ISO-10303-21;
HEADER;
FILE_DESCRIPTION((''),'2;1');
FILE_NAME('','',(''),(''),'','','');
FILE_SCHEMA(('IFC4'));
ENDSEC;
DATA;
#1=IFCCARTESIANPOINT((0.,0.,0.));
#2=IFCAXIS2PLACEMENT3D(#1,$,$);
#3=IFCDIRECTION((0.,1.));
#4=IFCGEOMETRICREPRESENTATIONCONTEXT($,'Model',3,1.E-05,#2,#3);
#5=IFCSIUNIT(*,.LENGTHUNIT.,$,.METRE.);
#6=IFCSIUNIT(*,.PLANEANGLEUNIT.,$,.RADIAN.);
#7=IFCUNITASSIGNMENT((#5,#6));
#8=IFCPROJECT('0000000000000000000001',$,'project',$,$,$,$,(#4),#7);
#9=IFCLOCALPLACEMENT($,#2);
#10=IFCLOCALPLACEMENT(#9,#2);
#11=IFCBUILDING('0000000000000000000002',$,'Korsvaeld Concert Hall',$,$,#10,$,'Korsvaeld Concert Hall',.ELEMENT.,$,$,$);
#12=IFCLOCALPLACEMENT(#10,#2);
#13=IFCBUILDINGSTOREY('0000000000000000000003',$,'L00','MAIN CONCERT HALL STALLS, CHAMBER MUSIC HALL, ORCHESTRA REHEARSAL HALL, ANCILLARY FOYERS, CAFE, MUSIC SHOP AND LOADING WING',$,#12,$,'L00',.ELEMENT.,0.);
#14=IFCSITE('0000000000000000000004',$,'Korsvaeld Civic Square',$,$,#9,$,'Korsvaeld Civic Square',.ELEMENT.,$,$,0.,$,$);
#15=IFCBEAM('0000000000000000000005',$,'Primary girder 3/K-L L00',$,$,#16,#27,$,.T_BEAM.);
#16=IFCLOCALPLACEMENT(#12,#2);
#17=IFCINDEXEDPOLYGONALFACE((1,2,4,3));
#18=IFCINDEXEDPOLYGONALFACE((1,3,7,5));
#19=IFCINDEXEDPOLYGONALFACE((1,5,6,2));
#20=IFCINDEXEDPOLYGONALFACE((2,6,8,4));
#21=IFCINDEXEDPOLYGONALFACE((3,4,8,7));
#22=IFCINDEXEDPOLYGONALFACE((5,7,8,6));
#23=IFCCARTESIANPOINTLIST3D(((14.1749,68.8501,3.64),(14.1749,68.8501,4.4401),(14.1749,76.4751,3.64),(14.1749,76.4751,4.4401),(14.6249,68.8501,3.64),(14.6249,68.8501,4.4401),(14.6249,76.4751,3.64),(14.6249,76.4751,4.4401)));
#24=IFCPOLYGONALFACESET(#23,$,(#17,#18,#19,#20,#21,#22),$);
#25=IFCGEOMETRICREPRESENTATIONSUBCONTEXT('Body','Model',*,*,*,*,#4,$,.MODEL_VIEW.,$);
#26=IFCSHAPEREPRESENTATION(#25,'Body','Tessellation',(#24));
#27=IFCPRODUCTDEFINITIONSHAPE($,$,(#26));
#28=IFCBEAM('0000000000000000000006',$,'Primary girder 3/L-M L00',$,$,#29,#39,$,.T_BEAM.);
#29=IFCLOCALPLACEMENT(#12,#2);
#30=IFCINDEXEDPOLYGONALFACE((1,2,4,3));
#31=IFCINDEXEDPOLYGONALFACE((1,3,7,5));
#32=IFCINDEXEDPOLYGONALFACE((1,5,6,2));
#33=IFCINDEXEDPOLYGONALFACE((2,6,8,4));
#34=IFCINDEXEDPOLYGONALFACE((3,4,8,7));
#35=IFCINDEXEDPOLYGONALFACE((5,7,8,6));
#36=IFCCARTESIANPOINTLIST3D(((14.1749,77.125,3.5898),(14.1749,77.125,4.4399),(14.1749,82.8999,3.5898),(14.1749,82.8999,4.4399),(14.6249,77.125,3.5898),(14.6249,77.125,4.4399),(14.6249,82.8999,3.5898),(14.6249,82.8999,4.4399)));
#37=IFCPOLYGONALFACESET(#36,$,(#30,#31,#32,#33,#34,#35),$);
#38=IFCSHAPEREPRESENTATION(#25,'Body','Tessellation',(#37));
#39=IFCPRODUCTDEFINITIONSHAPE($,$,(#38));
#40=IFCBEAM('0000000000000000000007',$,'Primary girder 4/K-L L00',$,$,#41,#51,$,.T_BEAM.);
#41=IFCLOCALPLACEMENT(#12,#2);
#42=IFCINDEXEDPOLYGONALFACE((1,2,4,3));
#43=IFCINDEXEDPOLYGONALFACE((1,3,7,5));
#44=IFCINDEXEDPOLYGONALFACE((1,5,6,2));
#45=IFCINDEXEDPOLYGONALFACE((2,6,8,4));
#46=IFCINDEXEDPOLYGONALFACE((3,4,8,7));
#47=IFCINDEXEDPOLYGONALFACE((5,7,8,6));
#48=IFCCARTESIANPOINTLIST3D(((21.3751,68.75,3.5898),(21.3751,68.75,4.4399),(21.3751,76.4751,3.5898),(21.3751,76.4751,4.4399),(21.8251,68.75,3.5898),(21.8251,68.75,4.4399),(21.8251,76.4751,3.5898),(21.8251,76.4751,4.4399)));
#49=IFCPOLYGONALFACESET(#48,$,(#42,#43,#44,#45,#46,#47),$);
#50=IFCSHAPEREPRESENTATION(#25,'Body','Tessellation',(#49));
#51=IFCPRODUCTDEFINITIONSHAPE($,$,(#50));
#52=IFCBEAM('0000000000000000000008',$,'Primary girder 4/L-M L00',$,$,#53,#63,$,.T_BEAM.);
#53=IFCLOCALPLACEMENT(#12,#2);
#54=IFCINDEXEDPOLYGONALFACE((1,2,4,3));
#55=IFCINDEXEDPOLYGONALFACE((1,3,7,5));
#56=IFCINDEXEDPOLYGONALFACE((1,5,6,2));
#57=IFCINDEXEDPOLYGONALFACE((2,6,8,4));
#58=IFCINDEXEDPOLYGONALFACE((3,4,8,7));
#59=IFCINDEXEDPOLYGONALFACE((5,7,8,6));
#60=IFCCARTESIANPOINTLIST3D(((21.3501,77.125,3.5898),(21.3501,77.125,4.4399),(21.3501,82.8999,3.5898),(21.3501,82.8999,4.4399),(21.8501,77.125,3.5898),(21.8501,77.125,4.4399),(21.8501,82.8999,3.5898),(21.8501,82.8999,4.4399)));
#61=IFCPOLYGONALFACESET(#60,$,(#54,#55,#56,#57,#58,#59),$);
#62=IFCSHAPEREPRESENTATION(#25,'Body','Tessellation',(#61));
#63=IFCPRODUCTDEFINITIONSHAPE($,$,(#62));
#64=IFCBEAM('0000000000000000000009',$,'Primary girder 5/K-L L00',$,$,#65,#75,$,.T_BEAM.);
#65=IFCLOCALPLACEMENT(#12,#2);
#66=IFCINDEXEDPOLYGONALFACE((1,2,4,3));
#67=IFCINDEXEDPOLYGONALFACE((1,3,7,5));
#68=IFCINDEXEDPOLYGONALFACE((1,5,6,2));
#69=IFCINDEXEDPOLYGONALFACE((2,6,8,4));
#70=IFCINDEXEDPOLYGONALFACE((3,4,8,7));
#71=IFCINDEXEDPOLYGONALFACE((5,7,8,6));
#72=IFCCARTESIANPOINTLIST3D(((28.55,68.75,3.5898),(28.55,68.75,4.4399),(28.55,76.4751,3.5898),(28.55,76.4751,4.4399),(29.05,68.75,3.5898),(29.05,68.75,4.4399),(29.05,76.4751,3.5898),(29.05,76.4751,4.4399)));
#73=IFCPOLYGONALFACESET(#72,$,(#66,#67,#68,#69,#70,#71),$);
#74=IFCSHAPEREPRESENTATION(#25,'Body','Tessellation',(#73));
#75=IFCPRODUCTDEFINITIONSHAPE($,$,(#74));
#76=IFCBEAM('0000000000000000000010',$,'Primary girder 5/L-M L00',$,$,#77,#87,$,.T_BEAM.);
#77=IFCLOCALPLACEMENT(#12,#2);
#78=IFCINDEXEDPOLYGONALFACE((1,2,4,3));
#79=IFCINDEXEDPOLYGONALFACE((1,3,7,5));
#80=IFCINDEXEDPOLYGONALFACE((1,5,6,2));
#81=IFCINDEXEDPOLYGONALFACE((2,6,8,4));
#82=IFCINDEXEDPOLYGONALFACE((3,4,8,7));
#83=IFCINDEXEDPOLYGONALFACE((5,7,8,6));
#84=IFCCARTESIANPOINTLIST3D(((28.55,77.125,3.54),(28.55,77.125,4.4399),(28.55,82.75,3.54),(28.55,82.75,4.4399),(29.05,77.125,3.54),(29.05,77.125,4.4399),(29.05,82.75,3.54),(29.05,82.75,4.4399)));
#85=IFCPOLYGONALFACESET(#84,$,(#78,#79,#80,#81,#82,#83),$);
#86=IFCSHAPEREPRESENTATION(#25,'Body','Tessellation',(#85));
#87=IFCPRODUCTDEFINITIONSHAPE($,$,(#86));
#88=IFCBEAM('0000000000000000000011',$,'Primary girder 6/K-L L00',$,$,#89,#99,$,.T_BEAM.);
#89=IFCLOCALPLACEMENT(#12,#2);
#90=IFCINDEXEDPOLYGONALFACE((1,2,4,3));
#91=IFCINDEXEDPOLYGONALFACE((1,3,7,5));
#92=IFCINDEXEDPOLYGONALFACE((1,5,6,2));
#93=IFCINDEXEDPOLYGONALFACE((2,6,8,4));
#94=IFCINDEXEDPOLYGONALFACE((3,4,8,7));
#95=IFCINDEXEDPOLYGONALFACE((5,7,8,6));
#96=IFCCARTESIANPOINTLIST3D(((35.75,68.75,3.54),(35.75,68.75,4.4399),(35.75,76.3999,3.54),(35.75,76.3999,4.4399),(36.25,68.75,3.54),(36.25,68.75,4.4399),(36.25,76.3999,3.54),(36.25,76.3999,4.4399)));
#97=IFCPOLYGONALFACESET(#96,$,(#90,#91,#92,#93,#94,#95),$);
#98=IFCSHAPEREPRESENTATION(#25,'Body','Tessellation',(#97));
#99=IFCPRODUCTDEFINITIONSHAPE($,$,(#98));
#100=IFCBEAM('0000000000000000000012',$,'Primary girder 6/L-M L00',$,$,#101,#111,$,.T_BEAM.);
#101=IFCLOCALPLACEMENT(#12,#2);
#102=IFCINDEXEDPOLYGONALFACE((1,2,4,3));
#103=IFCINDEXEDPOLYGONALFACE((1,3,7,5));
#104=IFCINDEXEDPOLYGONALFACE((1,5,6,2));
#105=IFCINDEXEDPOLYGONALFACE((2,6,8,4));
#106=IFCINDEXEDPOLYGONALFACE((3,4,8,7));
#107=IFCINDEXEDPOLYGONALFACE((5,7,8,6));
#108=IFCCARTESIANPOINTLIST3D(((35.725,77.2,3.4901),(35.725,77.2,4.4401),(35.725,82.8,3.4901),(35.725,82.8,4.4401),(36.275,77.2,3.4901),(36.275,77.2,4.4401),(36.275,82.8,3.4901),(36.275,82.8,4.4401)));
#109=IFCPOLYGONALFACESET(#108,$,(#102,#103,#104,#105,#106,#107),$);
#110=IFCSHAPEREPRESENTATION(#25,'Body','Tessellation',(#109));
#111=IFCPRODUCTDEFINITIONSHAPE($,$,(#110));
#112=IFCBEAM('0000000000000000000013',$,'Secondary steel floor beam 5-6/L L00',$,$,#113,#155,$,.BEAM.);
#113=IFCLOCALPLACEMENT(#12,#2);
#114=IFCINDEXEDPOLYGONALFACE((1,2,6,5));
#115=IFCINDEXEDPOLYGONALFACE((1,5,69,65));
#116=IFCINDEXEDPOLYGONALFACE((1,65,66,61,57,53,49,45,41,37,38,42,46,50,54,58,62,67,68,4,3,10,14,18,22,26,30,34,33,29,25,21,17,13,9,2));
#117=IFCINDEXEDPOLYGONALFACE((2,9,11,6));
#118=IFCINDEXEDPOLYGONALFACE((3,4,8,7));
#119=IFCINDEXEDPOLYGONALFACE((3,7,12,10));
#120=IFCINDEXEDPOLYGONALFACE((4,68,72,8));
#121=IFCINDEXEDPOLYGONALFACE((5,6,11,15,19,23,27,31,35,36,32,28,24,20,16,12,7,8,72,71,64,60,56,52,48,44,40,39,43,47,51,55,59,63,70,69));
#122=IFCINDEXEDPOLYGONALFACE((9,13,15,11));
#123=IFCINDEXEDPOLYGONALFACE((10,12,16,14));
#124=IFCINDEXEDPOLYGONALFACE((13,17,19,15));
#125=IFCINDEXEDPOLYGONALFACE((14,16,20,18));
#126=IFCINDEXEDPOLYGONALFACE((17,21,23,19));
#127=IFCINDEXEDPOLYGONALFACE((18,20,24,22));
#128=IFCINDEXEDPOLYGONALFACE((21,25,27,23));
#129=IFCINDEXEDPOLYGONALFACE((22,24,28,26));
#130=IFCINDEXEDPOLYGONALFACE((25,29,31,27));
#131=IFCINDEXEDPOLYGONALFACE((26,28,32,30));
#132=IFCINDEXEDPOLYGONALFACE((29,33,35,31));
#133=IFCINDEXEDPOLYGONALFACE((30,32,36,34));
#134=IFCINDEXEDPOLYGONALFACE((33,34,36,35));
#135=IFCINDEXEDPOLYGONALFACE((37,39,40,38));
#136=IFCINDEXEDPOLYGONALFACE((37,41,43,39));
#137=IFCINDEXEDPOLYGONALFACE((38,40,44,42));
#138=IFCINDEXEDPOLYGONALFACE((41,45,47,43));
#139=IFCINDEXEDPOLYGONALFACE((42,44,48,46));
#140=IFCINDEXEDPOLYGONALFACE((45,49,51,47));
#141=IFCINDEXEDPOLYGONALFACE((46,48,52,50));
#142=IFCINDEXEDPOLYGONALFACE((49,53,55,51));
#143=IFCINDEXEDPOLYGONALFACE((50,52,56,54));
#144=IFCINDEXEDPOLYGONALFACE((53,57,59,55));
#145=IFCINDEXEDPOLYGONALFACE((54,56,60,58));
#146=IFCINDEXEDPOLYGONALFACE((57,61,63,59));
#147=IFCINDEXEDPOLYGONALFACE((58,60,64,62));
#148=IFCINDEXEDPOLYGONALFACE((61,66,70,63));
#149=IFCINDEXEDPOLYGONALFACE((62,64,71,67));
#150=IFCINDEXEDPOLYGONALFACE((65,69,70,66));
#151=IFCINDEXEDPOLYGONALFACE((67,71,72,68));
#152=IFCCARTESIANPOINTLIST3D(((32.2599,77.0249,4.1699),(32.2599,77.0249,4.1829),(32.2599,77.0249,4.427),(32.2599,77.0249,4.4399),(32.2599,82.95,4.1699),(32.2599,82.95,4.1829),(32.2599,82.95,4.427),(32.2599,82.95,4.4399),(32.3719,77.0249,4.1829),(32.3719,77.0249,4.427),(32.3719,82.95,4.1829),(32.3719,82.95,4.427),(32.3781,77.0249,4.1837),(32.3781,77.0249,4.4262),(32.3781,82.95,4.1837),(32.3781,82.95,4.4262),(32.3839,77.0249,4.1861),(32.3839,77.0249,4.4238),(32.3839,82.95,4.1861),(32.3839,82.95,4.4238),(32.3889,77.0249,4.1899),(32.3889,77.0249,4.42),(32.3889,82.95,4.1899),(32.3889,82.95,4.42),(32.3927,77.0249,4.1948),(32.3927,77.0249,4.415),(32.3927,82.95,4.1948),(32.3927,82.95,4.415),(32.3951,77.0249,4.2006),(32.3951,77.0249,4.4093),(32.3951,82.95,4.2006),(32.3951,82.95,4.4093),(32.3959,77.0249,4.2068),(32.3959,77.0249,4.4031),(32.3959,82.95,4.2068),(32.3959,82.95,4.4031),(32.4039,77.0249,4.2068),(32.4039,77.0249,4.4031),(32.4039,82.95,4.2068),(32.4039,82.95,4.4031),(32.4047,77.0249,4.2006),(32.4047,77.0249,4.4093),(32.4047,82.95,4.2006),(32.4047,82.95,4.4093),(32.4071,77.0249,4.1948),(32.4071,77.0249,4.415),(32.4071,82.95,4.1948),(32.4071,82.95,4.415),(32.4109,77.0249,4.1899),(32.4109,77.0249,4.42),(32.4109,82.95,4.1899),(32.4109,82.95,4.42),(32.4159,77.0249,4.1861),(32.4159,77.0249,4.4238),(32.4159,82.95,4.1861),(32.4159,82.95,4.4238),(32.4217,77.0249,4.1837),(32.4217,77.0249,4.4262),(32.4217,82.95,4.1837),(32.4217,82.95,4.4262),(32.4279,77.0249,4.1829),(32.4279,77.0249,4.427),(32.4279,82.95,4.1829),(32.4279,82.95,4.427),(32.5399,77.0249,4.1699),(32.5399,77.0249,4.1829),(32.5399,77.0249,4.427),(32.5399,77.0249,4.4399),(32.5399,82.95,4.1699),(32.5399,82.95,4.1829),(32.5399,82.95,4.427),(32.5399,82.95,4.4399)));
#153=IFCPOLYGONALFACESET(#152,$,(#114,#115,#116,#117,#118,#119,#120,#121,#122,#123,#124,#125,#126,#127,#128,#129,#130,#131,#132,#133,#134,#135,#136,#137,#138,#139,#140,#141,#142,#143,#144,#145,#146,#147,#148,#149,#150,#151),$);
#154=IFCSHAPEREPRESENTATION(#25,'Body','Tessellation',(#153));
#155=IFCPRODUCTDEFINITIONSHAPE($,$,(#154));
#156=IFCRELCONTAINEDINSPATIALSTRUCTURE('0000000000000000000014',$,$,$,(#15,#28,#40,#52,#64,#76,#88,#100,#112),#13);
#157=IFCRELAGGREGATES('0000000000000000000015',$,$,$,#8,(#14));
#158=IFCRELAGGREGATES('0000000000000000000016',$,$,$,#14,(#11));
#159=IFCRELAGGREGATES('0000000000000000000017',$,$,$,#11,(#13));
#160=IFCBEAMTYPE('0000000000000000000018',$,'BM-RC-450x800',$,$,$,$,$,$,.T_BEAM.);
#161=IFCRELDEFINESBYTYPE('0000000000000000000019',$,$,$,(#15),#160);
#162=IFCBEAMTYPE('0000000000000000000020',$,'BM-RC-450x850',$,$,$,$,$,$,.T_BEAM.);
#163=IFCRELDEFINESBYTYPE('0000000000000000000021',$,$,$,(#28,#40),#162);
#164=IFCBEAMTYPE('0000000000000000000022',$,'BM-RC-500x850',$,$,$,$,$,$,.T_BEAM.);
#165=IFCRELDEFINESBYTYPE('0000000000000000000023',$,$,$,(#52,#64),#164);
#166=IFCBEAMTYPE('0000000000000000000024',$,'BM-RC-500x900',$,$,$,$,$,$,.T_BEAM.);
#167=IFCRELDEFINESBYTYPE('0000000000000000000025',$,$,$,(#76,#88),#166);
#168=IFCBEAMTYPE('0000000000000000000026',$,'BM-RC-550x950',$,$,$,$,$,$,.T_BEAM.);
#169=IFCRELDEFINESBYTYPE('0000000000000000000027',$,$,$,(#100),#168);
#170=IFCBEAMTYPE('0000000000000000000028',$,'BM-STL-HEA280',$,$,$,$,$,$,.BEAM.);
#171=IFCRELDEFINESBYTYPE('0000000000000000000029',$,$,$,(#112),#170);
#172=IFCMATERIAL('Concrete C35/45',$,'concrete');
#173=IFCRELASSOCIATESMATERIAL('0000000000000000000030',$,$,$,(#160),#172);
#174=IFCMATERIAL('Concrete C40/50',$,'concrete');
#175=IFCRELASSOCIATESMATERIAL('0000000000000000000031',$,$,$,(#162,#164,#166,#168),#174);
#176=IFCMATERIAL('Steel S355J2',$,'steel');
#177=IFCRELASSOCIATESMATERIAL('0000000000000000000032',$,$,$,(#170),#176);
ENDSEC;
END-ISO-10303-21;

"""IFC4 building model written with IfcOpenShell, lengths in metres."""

from ifc_helpers import new_model, si_unit, direction, frame, origin, origin_2d, place, context, subcontext, project, spatial, rectangle, i_section, extrude, material, material_profile, profile_set, type_object, element, save


model = new_model("IFC4")

# Units and contexts
model_context = context("Model", 3, precision=1e-05, world=origin(), true_north=direction((0.0, 1.0)))
body_context = subcontext(model_context, "Body", "Model", "MODEL_VIEW")
ifc_project = project(units=[si_unit("LENGTHUNIT", "METRE"), si_unit("PLANEANGLEUNIT", "RADIAN")], contexts=[model_context])

# Site, building, storey
site_placement = place(None, origin())
site = spatial("IfcSite", under=ifc_project, at=site_placement, Name="Korsvaeld Civic Square", LongName="Korsvaeld Civic Square", CompositionType="ELEMENT", RefElevation=0.0)
building_placement = place(site_placement, origin())
building = spatial("IfcBuilding", under=site, at=building_placement, Name="Korsvaeld Concert Hall", LongName="Korsvaeld Concert Hall", CompositionType="ELEMENT")
storey_placement = place(building_placement, origin())
storey = spatial("IfcBuildingStorey", under=building, at=storey_placement, Name="L00", Description="MAIN CONCERT HALL STALLS, CHAMBER MUSIC HALL, ORCHESTRA REHEARSAL HALL, ANCILLARY FOYERS, CAFE, MUSIC SHOP AND LOADING WING", LongName="L00", CompositionType="ELEMENT", Elevation=0.0)

# Shared definitions
ifc_material_1 = material(Name="Concrete C40/50", Category="concrete")

# Beams
ifc_material_2 = material(Name="Concrete C35/45", Category="concrete")
ifc_material_profile_1 = material_profile(ifc_material_2, rectangle(XDim=0.45, YDim=0.8, at=origin_2d()), Name="RC 450x800")
ifc_profile_set_1 = profile_set([ifc_material_profile_1], Name="Concrete C35/45")
beam_type_1 = type_object("IfcBeamType", Name="BM-RC-450x800", PredefinedType="T_BEAM", material=ifc_profile_set_1)
beam_1_placement = place(storey_placement, frame((14.3999, 68.8501, 4.04), z_axis=(0.0, 1.0, 0.0), x_axis=(-1.0, 0.0, 0.0)))
element("IfcBeam", 1, at=beam_1_placement, inside=storey, type_object=beam_type_1, Name="Primary girder 3/K-L L00", PredefinedType="T_BEAM", context=body_context, shape_type="SweptSolid", body=[
    extrude(rectangle(XDim=0.45, YDim=0.8, at=origin_2d()), origin(), (0.0, 0.0, 1.0), 7.625),
])
ifc_material_profile_2 = material_profile(ifc_material_1, rectangle(XDim=0.45, YDim=0.8501, at=origin_2d()), Name="RC 450x850")
ifc_profile_set_2 = profile_set([ifc_material_profile_2], Name="Concrete C40/50")
beam_type_2 = type_object("IfcBeamType", Name="BM-RC-450x850", PredefinedType="T_BEAM", material=ifc_profile_set_2)
beam_2_placement = place(storey_placement, frame((14.3999, 77.125, 4.0149), z_axis=(0.0, 1.0, 0.0), x_axis=(-1.0, 0.0, 0.0)))
element("IfcBeam", 2, at=beam_2_placement, inside=storey, type_object=beam_type_2, Name="Primary girder 3/L-M L00", PredefinedType="T_BEAM", context=body_context, shape_type="SweptSolid", body=[
    extrude(rectangle(XDim=0.45, YDim=0.8501, at=origin_2d()), origin(), (0.0, 0.0, 1.0), 5.7749),
])
beam_3_placement = place(storey_placement, frame((21.6001, 68.75, 4.0149), z_axis=(0.0, 1.0, 0.0), x_axis=(-1.0, 0.0, 0.0)))
element("IfcBeam", 3, at=beam_3_placement, inside=storey, type_object=beam_type_2, Name="Primary girder 4/K-L L00", PredefinedType="T_BEAM", context=body_context, shape_type="SweptSolid", body=[
    extrude(rectangle(XDim=0.45, YDim=0.8501, at=origin_2d()), origin(), (0.0, 0.0, 1.0), 7.7251),
])
ifc_material_profile_3 = material_profile(ifc_material_1, rectangle(XDim=0.5, YDim=0.8501, at=origin_2d()), Name="RC 500x850")
ifc_profile_set_3 = profile_set([ifc_material_profile_3], Name="Concrete C40/50")
beam_type_3 = type_object("IfcBeamType", Name="BM-RC-500x850", PredefinedType="T_BEAM", material=ifc_profile_set_3)
beam_4_placement = place(storey_placement, frame((21.6001, 77.125, 4.0149), z_axis=(0.0, 1.0, 0.0), x_axis=(-1.0, 0.0, 0.0)))
element("IfcBeam", 4, at=beam_4_placement, inside=storey, type_object=beam_type_3, Name="Primary girder 4/L-M L00", PredefinedType="T_BEAM", context=body_context, shape_type="SweptSolid", body=[
    extrude(rectangle(XDim=0.5, YDim=0.8501, at=origin_2d()), origin(), (0.0, 0.0, 1.0), 5.7749),
])
beam_5_placement = place(storey_placement, frame((28.8, 68.75, 4.0149), z_axis=(0.0, 1.0, 0.0), x_axis=(-1.0, 0.0, 0.0)))
element("IfcBeam", 5, at=beam_5_placement, inside=storey, type_object=beam_type_3, Name="Primary girder 5/K-L L00", PredefinedType="T_BEAM", context=body_context, shape_type="SweptSolid", body=[
    extrude(rectangle(XDim=0.5, YDim=0.8501, at=origin_2d()), origin(), (0.0, 0.0, 1.0), 7.7251),
])
ifc_material_profile_4 = material_profile(ifc_material_1, rectangle(XDim=0.5, YDim=0.8999, at=origin_2d()), Name="RC 500x900")
ifc_profile_set_4 = profile_set([ifc_material_profile_4], Name="Concrete C40/50")
beam_type_4 = type_object("IfcBeamType", Name="BM-RC-500x900", PredefinedType="T_BEAM", material=ifc_profile_set_4)
beam_6_placement = place(storey_placement, frame((28.8, 77.125, 3.99), z_axis=(0.0, 1.0, 0.0), x_axis=(-1.0, 0.0, 0.0)))
element("IfcBeam", 6, at=beam_6_placement, inside=storey, type_object=beam_type_4, Name="Primary girder 5/L-M L00", PredefinedType="T_BEAM", context=body_context, shape_type="SweptSolid", body=[
    extrude(rectangle(XDim=0.5, YDim=0.8999, at=origin_2d()), origin(), (0.0, 0.0, 1.0), 5.625),
])
beam_7_placement = place(storey_placement, frame((36.0, 68.75, 3.99), z_axis=(0.0, 1.0, 0.0), x_axis=(-1.0, 0.0, 0.0)))
element("IfcBeam", 7, at=beam_7_placement, inside=storey, type_object=beam_type_4, Name="Primary girder 6/K-L L00", PredefinedType="T_BEAM", context=body_context, shape_type="SweptSolid", body=[
    extrude(rectangle(XDim=0.5, YDim=0.8999, at=origin_2d()), origin(), (0.0, 0.0, 1.0), 7.6499),
])
ifc_material_profile_5 = material_profile(ifc_material_1, rectangle(XDim=0.55, YDim=0.95, at=origin_2d()), Name="RC 550x950")
ifc_profile_set_5 = profile_set([ifc_material_profile_5], Name="Concrete C40/50")
beam_type_5 = type_object("IfcBeamType", Name="BM-RC-550x950", PredefinedType="T_BEAM", material=ifc_profile_set_5)
beam_8_placement = place(storey_placement, frame((36.0, 77.2, 3.9651), z_axis=(0.0, 1.0, 0.0), x_axis=(-1.0, 0.0, 0.0)))
element("IfcBeam", 8, at=beam_8_placement, inside=storey, type_object=beam_type_5, Name="Primary girder 6/L-M L00", PredefinedType="T_BEAM", context=body_context, shape_type="SweptSolid", body=[
    extrude(rectangle(XDim=0.55, YDim=0.95, at=origin_2d()), origin(), (0.0, 0.0, 1.0), 5.6001),
])
ifc_material_3 = material(Name="Steel S355J2", Category="steel")
ifc_material_profile_6 = material_profile(ifc_material_3, i_section(OverallWidth=0.28, OverallDepth=0.27, WebThickness=0.0081, FlangeThickness=0.0129, FilletRadius=0.0239, at=origin_2d()), Name="HEA 280")
ifc_profile_set_6 = profile_set([ifc_material_profile_6], Name="Steel S355J2")
beam_type_6 = type_object("IfcBeamType", Name="BM-STL-HEA280", PredefinedType="BEAM", material=ifc_profile_set_6)
beam_9_placement = place(storey_placement, frame((32.3999, 77.0249, 4.3049), z_axis=(0.0, 1.0, 0.0), x_axis=(-1.0, 0.0, 0.0)))
element("IfcBeam", 9, at=beam_9_placement, inside=storey, type_object=beam_type_6, Name="Secondary steel floor beam 5-6/L L00", PredefinedType="BEAM", context=body_context, shape_type="SweptSolid", body=[
    extrude(i_section(OverallWidth=0.28, OverallDepth=0.27, WebThickness=0.0081, FlangeThickness=0.0129, FilletRadius=0.0239, at=origin_2d()), origin(), (0.0, 0.0, 1.0), 5.925),
])

save(model, "model.ifc")
